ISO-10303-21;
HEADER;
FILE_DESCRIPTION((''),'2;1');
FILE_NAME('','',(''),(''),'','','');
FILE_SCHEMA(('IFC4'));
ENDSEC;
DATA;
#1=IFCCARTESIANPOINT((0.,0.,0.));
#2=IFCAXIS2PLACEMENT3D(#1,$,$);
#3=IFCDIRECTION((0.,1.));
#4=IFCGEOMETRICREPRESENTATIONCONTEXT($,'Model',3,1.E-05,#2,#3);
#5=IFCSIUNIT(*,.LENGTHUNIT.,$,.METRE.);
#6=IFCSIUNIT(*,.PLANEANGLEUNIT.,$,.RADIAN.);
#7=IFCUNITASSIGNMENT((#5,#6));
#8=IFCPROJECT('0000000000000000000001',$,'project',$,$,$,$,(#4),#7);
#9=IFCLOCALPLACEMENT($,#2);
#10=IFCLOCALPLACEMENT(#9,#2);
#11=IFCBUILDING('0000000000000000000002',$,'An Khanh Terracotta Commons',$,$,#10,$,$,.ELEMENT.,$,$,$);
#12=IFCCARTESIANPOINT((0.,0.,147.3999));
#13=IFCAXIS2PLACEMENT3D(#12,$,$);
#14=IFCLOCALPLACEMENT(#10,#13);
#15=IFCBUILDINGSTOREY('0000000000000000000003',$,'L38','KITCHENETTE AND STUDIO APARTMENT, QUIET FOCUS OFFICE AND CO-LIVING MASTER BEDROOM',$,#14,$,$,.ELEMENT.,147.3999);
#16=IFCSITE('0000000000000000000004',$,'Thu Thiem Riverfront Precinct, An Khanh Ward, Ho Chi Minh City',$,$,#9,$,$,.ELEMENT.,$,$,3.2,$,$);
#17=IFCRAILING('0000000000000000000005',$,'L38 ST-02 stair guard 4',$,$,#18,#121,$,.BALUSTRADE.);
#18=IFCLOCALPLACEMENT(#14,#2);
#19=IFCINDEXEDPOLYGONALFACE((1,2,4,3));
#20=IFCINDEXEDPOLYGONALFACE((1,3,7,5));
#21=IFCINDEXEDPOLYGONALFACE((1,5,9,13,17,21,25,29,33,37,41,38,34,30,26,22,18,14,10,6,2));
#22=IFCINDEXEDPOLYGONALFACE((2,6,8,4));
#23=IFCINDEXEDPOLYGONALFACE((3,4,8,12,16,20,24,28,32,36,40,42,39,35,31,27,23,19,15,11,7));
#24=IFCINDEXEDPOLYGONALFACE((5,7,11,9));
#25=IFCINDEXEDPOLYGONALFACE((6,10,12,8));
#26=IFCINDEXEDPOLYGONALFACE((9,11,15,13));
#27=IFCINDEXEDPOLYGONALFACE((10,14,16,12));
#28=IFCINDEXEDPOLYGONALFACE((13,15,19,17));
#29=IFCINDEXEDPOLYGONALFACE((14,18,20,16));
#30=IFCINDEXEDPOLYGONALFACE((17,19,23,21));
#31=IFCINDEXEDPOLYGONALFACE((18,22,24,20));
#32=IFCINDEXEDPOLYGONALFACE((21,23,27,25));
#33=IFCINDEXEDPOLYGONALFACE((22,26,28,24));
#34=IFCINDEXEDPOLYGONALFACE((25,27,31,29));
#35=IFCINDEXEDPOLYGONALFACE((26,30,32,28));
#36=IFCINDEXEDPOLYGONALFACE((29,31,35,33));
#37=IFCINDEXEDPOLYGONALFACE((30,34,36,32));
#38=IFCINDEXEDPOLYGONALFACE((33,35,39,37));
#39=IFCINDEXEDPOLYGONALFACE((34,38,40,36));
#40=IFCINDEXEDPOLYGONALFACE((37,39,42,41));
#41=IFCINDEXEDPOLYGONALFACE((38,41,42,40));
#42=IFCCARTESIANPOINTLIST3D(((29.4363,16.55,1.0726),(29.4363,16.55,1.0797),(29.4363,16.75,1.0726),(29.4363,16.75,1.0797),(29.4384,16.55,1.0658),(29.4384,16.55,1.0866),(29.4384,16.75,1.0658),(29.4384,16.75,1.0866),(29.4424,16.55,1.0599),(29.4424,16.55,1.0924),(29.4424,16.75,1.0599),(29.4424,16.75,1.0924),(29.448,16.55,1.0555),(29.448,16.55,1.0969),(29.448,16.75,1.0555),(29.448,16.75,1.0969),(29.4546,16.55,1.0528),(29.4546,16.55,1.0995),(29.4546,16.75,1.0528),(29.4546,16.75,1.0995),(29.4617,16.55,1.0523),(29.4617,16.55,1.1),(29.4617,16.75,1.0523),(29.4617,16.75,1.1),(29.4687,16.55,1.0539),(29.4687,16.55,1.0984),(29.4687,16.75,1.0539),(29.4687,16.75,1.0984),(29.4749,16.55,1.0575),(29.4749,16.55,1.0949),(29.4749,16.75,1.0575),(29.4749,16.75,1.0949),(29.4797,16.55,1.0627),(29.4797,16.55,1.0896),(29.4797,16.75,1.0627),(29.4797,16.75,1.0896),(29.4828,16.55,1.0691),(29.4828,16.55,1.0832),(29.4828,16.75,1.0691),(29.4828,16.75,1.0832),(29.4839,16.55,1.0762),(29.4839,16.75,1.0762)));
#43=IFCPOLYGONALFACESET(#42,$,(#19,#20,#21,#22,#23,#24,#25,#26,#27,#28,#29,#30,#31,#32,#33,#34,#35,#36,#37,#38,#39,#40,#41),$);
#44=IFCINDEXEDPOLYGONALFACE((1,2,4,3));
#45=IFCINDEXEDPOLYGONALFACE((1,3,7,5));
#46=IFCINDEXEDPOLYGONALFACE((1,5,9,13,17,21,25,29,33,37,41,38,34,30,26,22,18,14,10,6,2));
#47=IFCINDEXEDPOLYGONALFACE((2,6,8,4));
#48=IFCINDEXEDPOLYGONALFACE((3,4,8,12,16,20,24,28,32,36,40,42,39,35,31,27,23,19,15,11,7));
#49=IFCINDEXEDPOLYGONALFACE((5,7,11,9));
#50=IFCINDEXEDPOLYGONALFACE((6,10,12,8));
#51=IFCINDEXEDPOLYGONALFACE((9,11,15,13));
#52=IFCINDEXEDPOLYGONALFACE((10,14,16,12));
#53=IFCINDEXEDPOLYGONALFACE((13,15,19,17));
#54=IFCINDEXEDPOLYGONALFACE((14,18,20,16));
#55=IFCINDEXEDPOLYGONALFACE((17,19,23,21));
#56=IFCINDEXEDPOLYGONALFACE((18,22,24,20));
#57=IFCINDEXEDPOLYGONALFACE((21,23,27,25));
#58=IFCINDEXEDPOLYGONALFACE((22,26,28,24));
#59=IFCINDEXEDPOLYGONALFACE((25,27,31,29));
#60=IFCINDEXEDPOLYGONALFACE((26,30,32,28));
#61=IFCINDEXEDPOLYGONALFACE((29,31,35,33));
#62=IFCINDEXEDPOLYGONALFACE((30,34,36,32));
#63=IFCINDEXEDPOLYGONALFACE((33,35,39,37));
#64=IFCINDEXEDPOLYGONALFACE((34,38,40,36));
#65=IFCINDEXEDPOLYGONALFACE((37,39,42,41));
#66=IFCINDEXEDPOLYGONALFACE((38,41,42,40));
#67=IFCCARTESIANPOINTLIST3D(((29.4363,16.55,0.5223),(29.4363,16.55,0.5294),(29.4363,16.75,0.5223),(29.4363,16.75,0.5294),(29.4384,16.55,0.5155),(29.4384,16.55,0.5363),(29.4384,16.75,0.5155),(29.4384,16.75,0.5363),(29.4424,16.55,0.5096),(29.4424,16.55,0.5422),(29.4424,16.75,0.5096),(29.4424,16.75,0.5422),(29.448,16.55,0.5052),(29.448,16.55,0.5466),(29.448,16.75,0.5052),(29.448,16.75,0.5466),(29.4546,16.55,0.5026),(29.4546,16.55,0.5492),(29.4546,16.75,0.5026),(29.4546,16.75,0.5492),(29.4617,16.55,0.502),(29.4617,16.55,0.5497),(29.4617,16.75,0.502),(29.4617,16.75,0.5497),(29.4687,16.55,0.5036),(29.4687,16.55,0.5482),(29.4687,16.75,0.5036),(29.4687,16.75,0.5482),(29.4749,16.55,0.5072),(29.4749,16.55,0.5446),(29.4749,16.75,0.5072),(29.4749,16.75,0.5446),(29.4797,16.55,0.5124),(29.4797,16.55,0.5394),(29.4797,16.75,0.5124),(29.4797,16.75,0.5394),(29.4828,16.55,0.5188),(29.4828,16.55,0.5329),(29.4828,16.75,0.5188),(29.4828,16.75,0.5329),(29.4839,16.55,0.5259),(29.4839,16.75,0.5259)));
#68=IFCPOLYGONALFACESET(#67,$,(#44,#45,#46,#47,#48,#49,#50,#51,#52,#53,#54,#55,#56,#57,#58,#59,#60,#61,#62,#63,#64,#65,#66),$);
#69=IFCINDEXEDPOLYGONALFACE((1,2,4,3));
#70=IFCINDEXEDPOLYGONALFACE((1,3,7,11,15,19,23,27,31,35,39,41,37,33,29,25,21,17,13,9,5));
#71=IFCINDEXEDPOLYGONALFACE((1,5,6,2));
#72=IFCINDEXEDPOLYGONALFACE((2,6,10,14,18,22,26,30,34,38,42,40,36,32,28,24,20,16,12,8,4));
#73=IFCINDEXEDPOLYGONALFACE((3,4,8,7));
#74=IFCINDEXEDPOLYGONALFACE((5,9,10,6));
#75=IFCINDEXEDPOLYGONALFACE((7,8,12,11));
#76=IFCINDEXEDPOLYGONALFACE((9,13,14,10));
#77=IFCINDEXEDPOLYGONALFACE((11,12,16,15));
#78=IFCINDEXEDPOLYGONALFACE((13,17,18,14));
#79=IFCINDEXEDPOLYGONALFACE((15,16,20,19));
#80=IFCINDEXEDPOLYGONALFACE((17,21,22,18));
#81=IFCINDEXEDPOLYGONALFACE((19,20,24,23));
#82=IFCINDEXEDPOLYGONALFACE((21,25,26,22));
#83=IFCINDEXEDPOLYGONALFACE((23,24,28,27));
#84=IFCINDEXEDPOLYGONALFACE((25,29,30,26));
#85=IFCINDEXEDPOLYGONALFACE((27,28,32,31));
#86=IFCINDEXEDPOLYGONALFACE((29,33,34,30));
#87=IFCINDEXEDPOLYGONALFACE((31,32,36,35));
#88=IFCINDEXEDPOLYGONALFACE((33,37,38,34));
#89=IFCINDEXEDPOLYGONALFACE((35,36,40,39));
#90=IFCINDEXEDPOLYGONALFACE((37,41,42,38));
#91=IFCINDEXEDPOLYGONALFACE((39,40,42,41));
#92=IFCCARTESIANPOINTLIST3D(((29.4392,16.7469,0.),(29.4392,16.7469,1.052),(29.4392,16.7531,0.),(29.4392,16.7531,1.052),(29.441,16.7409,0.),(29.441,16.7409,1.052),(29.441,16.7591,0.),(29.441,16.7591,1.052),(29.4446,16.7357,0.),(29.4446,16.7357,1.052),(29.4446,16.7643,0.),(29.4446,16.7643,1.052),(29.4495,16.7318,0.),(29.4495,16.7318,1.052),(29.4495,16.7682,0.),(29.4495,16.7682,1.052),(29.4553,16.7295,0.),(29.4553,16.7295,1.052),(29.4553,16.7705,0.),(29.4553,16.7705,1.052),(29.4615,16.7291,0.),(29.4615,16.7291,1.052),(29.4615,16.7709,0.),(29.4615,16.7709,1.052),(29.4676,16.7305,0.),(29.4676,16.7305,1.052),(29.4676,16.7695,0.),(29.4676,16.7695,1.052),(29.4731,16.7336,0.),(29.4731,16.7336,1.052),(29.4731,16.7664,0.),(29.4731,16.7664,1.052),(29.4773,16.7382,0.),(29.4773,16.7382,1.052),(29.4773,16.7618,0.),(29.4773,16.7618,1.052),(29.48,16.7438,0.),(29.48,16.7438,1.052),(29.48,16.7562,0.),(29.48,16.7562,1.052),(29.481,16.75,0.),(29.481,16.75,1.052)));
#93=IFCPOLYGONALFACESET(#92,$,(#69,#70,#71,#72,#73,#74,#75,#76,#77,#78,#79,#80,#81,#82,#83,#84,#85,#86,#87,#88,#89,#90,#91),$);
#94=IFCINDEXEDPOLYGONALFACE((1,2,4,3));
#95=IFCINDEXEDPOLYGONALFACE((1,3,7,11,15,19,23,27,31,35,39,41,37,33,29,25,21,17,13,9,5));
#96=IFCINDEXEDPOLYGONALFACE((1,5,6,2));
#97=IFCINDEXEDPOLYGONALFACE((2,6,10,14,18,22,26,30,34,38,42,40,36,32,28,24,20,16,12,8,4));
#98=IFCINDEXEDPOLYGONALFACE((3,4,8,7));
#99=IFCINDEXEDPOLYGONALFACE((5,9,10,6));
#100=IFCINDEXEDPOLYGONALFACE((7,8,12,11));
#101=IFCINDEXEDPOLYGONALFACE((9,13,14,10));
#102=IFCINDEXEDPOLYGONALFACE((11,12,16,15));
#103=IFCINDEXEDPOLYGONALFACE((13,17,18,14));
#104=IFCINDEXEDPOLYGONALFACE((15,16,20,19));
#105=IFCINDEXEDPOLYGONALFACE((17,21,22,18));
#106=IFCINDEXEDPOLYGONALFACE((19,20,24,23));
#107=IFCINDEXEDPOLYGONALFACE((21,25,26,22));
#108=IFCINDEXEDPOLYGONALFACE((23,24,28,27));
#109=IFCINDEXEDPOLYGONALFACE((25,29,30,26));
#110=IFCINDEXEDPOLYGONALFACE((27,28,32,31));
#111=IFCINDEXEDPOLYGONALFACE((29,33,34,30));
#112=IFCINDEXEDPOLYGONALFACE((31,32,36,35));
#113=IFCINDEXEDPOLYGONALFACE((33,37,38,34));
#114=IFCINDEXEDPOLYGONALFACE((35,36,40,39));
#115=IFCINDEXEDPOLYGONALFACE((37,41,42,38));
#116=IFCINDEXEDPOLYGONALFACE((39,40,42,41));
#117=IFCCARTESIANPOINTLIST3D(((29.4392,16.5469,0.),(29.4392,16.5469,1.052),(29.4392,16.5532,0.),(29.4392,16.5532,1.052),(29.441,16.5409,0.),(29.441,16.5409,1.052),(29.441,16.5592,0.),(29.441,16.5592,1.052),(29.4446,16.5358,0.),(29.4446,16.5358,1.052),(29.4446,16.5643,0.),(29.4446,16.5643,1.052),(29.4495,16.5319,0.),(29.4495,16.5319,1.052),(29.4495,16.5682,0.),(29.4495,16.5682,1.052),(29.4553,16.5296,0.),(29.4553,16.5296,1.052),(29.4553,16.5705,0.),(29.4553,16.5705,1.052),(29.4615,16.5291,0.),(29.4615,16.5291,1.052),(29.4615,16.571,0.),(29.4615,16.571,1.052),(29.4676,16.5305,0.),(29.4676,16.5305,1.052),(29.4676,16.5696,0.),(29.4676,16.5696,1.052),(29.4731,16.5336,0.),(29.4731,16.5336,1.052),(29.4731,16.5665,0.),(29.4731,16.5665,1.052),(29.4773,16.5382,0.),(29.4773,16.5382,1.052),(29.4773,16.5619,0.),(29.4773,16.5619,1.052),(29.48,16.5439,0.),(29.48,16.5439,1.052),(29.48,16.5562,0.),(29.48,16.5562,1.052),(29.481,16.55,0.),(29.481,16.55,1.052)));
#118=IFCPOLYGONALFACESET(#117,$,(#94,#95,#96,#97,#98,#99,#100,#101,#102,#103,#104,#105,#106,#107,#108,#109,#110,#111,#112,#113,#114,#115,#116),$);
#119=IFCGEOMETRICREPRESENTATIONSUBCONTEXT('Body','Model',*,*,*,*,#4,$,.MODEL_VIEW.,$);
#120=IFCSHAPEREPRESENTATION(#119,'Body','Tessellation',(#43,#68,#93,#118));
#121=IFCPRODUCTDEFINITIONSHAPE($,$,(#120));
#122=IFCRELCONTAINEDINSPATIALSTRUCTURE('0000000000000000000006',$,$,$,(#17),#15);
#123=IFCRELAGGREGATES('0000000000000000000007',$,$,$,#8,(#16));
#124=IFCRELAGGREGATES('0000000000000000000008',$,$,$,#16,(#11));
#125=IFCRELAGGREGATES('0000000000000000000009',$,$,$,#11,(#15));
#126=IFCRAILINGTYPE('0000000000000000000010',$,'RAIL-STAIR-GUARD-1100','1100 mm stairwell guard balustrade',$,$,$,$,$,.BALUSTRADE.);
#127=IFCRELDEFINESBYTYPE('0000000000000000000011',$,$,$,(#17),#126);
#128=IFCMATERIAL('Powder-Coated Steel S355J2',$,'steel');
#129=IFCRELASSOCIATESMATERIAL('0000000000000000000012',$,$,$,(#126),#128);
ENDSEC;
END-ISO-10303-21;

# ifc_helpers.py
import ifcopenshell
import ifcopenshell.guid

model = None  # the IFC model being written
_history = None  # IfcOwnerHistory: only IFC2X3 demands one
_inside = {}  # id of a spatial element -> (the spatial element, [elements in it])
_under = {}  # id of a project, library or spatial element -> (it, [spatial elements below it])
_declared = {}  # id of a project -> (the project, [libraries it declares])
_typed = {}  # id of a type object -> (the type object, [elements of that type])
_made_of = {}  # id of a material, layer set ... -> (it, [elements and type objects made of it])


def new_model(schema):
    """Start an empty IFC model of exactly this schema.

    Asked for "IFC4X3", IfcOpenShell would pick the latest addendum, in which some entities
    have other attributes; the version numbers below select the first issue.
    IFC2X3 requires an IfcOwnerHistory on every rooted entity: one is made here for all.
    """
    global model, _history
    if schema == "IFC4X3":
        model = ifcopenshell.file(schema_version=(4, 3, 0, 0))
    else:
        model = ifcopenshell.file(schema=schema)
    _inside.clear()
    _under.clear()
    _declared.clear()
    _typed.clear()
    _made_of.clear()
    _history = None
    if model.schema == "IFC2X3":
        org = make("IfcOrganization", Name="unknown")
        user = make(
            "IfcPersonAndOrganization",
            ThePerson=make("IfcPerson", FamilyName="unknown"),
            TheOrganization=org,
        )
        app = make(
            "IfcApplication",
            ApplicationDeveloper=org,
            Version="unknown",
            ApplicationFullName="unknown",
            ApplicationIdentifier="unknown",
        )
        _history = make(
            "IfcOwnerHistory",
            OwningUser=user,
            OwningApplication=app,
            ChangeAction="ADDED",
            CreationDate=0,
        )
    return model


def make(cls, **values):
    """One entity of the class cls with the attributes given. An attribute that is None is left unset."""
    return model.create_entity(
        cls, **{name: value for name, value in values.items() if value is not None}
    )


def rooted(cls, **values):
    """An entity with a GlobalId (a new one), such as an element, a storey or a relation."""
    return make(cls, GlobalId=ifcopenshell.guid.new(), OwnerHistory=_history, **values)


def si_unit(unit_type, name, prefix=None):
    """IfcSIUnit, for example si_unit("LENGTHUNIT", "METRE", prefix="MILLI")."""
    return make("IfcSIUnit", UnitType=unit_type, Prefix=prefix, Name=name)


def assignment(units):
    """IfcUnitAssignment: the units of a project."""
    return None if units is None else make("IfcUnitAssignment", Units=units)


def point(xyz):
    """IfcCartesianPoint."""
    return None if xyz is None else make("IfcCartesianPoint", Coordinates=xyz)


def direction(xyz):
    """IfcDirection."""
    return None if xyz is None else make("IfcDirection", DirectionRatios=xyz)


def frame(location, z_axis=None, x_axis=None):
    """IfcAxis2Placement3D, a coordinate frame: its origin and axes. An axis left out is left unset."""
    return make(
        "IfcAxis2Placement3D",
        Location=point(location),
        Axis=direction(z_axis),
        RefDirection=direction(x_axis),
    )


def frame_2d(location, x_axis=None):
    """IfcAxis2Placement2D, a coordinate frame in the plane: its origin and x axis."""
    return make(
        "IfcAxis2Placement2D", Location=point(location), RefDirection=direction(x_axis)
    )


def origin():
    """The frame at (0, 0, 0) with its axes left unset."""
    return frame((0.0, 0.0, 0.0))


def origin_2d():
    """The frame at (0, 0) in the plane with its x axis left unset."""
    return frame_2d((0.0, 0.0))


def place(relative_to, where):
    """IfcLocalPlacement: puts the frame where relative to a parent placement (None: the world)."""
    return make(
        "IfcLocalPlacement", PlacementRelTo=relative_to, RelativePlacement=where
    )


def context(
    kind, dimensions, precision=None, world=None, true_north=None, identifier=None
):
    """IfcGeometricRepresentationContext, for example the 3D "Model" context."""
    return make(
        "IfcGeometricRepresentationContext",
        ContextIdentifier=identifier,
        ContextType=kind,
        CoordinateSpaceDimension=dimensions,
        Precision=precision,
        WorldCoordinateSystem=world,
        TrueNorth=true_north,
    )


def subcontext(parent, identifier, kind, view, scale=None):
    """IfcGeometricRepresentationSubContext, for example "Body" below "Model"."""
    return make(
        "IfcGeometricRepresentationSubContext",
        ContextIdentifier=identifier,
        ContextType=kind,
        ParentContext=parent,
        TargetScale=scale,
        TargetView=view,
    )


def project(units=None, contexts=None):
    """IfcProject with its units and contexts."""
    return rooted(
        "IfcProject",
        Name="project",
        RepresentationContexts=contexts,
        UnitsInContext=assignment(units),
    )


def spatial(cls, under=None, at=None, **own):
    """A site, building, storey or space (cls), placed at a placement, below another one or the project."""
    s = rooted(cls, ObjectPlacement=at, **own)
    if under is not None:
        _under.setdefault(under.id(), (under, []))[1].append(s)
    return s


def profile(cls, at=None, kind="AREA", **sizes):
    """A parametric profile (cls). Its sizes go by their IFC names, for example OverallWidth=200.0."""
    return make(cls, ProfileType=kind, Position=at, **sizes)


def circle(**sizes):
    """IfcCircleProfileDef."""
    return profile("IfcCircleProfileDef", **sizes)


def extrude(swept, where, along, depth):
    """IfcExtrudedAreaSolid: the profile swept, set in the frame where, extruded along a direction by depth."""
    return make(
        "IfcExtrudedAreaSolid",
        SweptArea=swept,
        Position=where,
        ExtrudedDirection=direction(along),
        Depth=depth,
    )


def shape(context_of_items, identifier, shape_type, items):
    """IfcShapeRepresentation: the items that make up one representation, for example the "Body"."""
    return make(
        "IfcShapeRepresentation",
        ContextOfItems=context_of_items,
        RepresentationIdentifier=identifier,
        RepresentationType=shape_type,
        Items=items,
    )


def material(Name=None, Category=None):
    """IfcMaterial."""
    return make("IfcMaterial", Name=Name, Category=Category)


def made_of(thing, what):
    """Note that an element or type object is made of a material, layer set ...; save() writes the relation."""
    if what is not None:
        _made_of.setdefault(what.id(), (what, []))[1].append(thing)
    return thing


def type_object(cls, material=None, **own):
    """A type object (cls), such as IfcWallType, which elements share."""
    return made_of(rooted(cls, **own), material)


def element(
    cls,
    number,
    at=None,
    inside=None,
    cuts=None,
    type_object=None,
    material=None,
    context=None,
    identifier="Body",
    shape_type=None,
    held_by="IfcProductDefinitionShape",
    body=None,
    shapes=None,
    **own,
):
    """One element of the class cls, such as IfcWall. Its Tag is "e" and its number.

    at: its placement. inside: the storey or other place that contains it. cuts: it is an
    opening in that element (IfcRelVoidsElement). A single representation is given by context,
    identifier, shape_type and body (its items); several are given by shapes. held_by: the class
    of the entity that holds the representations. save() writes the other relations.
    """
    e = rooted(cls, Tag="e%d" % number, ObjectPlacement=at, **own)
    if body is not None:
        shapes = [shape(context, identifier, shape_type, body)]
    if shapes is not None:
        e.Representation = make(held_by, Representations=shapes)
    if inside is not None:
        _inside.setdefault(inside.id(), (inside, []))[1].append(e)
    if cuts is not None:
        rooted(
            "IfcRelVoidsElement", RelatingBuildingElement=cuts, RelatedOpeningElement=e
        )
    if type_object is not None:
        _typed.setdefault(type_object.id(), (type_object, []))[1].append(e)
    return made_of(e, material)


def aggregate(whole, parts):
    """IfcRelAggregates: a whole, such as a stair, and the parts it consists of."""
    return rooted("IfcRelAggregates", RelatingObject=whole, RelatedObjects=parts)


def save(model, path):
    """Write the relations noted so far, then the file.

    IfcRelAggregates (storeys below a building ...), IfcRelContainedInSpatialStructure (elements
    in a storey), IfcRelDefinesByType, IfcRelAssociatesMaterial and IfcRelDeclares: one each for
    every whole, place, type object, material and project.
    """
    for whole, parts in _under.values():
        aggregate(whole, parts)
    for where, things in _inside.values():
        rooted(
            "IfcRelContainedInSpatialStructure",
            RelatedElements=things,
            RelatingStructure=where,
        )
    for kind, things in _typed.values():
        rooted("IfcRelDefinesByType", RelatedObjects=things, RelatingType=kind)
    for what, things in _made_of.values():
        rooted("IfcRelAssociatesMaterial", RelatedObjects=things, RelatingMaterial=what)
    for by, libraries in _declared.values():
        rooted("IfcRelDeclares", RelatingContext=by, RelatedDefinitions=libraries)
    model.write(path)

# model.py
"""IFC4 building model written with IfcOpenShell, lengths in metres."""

from ifc_helpers import new_model, si_unit, direction, frame, origin, origin_2d, place, context, subcontext, project, spatial, circle, extrude, material, type_object, element, save


model = new_model("IFC4")

# Units and contexts
model_context = context("Model", 3, precision=1e-05, world=origin(), true_north=direction((0.0, 1.0)))
body_context = subcontext(model_context, "Body", "Model", "MODEL_VIEW")
ifc_project = project(units=[si_unit("LENGTHUNIT", "METRE"), si_unit("PLANEANGLEUNIT", "RADIAN")], contexts=[model_context])

# Site, building, storey
site_placement = place(None, origin())
site = spatial("IfcSite", under=ifc_project, at=site_placement, Name="Thu Thiem Riverfront Precinct, An Khanh Ward, Ho Chi Minh City", CompositionType="ELEMENT", RefElevation=3.2)
building_placement = place(site_placement, origin())
building = spatial("IfcBuilding", under=site, at=building_placement, Name="An Khanh Terracotta Commons", CompositionType="ELEMENT")
storey_placement = place(building_placement, frame((0.0, 0.0, 147.3999)))
storey = spatial("IfcBuildingStorey", under=building, at=storey_placement, Name="L38", Description="KITCHENETTE AND STUDIO APARTMENT, QUIET FOCUS OFFICE AND CO-LIVING MASTER BEDROOM", CompositionType="ELEMENT", Elevation=147.3999)

# Railing
ifc_material_1 = material(Name="Powder-Coated Steel S355J2", Category="steel")
railing_type_1 = type_object("IfcRailingType", Name="RAIL-STAIR-GUARD-1100", Description="1100 mm stairwell guard balustrade", PredefinedType="BALUSTRADE", material=ifc_material_1)
railing_1_placement = place(storey_placement, frame((29.46, 16.75, 0.0)))
element("IfcRailing", 1, at=railing_1_placement, inside=storey, type_object=railing_type_1, Name="L38 ST-02 stair guard 4", PredefinedType="BALUSTRADE", context=body_context, shape_type="SweptSolid", body=[
    extrude(circle(Radius=0.0239, at=origin_2d()), frame((0.0, 0.0, 1.0762), z_axis=(0.0, -1.0, 0.0), x_axis=(1.0, 0.0, 0.0)), (0.0, 0.0, 1.0), 0.2),
    extrude(circle(Radius=0.0239, at=origin_2d()), frame((0.0, 0.0, 0.5259), z_axis=(0.0, -1.0, 0.0), x_axis=(1.0, 0.0, 0.0)), (0.0, 0.0, 1.0), 0.2),
    extrude(circle(Radius=0.021, at=origin_2d()), origin(), (0.0, 0.0, 1.0), 1.052),
    extrude(circle(Radius=0.021, at=origin_2d()), frame((0.0, -0.2, 0.0)), (0.0, 0.0, 1.0), 1.052),
])

save(model, "model.ifc")
